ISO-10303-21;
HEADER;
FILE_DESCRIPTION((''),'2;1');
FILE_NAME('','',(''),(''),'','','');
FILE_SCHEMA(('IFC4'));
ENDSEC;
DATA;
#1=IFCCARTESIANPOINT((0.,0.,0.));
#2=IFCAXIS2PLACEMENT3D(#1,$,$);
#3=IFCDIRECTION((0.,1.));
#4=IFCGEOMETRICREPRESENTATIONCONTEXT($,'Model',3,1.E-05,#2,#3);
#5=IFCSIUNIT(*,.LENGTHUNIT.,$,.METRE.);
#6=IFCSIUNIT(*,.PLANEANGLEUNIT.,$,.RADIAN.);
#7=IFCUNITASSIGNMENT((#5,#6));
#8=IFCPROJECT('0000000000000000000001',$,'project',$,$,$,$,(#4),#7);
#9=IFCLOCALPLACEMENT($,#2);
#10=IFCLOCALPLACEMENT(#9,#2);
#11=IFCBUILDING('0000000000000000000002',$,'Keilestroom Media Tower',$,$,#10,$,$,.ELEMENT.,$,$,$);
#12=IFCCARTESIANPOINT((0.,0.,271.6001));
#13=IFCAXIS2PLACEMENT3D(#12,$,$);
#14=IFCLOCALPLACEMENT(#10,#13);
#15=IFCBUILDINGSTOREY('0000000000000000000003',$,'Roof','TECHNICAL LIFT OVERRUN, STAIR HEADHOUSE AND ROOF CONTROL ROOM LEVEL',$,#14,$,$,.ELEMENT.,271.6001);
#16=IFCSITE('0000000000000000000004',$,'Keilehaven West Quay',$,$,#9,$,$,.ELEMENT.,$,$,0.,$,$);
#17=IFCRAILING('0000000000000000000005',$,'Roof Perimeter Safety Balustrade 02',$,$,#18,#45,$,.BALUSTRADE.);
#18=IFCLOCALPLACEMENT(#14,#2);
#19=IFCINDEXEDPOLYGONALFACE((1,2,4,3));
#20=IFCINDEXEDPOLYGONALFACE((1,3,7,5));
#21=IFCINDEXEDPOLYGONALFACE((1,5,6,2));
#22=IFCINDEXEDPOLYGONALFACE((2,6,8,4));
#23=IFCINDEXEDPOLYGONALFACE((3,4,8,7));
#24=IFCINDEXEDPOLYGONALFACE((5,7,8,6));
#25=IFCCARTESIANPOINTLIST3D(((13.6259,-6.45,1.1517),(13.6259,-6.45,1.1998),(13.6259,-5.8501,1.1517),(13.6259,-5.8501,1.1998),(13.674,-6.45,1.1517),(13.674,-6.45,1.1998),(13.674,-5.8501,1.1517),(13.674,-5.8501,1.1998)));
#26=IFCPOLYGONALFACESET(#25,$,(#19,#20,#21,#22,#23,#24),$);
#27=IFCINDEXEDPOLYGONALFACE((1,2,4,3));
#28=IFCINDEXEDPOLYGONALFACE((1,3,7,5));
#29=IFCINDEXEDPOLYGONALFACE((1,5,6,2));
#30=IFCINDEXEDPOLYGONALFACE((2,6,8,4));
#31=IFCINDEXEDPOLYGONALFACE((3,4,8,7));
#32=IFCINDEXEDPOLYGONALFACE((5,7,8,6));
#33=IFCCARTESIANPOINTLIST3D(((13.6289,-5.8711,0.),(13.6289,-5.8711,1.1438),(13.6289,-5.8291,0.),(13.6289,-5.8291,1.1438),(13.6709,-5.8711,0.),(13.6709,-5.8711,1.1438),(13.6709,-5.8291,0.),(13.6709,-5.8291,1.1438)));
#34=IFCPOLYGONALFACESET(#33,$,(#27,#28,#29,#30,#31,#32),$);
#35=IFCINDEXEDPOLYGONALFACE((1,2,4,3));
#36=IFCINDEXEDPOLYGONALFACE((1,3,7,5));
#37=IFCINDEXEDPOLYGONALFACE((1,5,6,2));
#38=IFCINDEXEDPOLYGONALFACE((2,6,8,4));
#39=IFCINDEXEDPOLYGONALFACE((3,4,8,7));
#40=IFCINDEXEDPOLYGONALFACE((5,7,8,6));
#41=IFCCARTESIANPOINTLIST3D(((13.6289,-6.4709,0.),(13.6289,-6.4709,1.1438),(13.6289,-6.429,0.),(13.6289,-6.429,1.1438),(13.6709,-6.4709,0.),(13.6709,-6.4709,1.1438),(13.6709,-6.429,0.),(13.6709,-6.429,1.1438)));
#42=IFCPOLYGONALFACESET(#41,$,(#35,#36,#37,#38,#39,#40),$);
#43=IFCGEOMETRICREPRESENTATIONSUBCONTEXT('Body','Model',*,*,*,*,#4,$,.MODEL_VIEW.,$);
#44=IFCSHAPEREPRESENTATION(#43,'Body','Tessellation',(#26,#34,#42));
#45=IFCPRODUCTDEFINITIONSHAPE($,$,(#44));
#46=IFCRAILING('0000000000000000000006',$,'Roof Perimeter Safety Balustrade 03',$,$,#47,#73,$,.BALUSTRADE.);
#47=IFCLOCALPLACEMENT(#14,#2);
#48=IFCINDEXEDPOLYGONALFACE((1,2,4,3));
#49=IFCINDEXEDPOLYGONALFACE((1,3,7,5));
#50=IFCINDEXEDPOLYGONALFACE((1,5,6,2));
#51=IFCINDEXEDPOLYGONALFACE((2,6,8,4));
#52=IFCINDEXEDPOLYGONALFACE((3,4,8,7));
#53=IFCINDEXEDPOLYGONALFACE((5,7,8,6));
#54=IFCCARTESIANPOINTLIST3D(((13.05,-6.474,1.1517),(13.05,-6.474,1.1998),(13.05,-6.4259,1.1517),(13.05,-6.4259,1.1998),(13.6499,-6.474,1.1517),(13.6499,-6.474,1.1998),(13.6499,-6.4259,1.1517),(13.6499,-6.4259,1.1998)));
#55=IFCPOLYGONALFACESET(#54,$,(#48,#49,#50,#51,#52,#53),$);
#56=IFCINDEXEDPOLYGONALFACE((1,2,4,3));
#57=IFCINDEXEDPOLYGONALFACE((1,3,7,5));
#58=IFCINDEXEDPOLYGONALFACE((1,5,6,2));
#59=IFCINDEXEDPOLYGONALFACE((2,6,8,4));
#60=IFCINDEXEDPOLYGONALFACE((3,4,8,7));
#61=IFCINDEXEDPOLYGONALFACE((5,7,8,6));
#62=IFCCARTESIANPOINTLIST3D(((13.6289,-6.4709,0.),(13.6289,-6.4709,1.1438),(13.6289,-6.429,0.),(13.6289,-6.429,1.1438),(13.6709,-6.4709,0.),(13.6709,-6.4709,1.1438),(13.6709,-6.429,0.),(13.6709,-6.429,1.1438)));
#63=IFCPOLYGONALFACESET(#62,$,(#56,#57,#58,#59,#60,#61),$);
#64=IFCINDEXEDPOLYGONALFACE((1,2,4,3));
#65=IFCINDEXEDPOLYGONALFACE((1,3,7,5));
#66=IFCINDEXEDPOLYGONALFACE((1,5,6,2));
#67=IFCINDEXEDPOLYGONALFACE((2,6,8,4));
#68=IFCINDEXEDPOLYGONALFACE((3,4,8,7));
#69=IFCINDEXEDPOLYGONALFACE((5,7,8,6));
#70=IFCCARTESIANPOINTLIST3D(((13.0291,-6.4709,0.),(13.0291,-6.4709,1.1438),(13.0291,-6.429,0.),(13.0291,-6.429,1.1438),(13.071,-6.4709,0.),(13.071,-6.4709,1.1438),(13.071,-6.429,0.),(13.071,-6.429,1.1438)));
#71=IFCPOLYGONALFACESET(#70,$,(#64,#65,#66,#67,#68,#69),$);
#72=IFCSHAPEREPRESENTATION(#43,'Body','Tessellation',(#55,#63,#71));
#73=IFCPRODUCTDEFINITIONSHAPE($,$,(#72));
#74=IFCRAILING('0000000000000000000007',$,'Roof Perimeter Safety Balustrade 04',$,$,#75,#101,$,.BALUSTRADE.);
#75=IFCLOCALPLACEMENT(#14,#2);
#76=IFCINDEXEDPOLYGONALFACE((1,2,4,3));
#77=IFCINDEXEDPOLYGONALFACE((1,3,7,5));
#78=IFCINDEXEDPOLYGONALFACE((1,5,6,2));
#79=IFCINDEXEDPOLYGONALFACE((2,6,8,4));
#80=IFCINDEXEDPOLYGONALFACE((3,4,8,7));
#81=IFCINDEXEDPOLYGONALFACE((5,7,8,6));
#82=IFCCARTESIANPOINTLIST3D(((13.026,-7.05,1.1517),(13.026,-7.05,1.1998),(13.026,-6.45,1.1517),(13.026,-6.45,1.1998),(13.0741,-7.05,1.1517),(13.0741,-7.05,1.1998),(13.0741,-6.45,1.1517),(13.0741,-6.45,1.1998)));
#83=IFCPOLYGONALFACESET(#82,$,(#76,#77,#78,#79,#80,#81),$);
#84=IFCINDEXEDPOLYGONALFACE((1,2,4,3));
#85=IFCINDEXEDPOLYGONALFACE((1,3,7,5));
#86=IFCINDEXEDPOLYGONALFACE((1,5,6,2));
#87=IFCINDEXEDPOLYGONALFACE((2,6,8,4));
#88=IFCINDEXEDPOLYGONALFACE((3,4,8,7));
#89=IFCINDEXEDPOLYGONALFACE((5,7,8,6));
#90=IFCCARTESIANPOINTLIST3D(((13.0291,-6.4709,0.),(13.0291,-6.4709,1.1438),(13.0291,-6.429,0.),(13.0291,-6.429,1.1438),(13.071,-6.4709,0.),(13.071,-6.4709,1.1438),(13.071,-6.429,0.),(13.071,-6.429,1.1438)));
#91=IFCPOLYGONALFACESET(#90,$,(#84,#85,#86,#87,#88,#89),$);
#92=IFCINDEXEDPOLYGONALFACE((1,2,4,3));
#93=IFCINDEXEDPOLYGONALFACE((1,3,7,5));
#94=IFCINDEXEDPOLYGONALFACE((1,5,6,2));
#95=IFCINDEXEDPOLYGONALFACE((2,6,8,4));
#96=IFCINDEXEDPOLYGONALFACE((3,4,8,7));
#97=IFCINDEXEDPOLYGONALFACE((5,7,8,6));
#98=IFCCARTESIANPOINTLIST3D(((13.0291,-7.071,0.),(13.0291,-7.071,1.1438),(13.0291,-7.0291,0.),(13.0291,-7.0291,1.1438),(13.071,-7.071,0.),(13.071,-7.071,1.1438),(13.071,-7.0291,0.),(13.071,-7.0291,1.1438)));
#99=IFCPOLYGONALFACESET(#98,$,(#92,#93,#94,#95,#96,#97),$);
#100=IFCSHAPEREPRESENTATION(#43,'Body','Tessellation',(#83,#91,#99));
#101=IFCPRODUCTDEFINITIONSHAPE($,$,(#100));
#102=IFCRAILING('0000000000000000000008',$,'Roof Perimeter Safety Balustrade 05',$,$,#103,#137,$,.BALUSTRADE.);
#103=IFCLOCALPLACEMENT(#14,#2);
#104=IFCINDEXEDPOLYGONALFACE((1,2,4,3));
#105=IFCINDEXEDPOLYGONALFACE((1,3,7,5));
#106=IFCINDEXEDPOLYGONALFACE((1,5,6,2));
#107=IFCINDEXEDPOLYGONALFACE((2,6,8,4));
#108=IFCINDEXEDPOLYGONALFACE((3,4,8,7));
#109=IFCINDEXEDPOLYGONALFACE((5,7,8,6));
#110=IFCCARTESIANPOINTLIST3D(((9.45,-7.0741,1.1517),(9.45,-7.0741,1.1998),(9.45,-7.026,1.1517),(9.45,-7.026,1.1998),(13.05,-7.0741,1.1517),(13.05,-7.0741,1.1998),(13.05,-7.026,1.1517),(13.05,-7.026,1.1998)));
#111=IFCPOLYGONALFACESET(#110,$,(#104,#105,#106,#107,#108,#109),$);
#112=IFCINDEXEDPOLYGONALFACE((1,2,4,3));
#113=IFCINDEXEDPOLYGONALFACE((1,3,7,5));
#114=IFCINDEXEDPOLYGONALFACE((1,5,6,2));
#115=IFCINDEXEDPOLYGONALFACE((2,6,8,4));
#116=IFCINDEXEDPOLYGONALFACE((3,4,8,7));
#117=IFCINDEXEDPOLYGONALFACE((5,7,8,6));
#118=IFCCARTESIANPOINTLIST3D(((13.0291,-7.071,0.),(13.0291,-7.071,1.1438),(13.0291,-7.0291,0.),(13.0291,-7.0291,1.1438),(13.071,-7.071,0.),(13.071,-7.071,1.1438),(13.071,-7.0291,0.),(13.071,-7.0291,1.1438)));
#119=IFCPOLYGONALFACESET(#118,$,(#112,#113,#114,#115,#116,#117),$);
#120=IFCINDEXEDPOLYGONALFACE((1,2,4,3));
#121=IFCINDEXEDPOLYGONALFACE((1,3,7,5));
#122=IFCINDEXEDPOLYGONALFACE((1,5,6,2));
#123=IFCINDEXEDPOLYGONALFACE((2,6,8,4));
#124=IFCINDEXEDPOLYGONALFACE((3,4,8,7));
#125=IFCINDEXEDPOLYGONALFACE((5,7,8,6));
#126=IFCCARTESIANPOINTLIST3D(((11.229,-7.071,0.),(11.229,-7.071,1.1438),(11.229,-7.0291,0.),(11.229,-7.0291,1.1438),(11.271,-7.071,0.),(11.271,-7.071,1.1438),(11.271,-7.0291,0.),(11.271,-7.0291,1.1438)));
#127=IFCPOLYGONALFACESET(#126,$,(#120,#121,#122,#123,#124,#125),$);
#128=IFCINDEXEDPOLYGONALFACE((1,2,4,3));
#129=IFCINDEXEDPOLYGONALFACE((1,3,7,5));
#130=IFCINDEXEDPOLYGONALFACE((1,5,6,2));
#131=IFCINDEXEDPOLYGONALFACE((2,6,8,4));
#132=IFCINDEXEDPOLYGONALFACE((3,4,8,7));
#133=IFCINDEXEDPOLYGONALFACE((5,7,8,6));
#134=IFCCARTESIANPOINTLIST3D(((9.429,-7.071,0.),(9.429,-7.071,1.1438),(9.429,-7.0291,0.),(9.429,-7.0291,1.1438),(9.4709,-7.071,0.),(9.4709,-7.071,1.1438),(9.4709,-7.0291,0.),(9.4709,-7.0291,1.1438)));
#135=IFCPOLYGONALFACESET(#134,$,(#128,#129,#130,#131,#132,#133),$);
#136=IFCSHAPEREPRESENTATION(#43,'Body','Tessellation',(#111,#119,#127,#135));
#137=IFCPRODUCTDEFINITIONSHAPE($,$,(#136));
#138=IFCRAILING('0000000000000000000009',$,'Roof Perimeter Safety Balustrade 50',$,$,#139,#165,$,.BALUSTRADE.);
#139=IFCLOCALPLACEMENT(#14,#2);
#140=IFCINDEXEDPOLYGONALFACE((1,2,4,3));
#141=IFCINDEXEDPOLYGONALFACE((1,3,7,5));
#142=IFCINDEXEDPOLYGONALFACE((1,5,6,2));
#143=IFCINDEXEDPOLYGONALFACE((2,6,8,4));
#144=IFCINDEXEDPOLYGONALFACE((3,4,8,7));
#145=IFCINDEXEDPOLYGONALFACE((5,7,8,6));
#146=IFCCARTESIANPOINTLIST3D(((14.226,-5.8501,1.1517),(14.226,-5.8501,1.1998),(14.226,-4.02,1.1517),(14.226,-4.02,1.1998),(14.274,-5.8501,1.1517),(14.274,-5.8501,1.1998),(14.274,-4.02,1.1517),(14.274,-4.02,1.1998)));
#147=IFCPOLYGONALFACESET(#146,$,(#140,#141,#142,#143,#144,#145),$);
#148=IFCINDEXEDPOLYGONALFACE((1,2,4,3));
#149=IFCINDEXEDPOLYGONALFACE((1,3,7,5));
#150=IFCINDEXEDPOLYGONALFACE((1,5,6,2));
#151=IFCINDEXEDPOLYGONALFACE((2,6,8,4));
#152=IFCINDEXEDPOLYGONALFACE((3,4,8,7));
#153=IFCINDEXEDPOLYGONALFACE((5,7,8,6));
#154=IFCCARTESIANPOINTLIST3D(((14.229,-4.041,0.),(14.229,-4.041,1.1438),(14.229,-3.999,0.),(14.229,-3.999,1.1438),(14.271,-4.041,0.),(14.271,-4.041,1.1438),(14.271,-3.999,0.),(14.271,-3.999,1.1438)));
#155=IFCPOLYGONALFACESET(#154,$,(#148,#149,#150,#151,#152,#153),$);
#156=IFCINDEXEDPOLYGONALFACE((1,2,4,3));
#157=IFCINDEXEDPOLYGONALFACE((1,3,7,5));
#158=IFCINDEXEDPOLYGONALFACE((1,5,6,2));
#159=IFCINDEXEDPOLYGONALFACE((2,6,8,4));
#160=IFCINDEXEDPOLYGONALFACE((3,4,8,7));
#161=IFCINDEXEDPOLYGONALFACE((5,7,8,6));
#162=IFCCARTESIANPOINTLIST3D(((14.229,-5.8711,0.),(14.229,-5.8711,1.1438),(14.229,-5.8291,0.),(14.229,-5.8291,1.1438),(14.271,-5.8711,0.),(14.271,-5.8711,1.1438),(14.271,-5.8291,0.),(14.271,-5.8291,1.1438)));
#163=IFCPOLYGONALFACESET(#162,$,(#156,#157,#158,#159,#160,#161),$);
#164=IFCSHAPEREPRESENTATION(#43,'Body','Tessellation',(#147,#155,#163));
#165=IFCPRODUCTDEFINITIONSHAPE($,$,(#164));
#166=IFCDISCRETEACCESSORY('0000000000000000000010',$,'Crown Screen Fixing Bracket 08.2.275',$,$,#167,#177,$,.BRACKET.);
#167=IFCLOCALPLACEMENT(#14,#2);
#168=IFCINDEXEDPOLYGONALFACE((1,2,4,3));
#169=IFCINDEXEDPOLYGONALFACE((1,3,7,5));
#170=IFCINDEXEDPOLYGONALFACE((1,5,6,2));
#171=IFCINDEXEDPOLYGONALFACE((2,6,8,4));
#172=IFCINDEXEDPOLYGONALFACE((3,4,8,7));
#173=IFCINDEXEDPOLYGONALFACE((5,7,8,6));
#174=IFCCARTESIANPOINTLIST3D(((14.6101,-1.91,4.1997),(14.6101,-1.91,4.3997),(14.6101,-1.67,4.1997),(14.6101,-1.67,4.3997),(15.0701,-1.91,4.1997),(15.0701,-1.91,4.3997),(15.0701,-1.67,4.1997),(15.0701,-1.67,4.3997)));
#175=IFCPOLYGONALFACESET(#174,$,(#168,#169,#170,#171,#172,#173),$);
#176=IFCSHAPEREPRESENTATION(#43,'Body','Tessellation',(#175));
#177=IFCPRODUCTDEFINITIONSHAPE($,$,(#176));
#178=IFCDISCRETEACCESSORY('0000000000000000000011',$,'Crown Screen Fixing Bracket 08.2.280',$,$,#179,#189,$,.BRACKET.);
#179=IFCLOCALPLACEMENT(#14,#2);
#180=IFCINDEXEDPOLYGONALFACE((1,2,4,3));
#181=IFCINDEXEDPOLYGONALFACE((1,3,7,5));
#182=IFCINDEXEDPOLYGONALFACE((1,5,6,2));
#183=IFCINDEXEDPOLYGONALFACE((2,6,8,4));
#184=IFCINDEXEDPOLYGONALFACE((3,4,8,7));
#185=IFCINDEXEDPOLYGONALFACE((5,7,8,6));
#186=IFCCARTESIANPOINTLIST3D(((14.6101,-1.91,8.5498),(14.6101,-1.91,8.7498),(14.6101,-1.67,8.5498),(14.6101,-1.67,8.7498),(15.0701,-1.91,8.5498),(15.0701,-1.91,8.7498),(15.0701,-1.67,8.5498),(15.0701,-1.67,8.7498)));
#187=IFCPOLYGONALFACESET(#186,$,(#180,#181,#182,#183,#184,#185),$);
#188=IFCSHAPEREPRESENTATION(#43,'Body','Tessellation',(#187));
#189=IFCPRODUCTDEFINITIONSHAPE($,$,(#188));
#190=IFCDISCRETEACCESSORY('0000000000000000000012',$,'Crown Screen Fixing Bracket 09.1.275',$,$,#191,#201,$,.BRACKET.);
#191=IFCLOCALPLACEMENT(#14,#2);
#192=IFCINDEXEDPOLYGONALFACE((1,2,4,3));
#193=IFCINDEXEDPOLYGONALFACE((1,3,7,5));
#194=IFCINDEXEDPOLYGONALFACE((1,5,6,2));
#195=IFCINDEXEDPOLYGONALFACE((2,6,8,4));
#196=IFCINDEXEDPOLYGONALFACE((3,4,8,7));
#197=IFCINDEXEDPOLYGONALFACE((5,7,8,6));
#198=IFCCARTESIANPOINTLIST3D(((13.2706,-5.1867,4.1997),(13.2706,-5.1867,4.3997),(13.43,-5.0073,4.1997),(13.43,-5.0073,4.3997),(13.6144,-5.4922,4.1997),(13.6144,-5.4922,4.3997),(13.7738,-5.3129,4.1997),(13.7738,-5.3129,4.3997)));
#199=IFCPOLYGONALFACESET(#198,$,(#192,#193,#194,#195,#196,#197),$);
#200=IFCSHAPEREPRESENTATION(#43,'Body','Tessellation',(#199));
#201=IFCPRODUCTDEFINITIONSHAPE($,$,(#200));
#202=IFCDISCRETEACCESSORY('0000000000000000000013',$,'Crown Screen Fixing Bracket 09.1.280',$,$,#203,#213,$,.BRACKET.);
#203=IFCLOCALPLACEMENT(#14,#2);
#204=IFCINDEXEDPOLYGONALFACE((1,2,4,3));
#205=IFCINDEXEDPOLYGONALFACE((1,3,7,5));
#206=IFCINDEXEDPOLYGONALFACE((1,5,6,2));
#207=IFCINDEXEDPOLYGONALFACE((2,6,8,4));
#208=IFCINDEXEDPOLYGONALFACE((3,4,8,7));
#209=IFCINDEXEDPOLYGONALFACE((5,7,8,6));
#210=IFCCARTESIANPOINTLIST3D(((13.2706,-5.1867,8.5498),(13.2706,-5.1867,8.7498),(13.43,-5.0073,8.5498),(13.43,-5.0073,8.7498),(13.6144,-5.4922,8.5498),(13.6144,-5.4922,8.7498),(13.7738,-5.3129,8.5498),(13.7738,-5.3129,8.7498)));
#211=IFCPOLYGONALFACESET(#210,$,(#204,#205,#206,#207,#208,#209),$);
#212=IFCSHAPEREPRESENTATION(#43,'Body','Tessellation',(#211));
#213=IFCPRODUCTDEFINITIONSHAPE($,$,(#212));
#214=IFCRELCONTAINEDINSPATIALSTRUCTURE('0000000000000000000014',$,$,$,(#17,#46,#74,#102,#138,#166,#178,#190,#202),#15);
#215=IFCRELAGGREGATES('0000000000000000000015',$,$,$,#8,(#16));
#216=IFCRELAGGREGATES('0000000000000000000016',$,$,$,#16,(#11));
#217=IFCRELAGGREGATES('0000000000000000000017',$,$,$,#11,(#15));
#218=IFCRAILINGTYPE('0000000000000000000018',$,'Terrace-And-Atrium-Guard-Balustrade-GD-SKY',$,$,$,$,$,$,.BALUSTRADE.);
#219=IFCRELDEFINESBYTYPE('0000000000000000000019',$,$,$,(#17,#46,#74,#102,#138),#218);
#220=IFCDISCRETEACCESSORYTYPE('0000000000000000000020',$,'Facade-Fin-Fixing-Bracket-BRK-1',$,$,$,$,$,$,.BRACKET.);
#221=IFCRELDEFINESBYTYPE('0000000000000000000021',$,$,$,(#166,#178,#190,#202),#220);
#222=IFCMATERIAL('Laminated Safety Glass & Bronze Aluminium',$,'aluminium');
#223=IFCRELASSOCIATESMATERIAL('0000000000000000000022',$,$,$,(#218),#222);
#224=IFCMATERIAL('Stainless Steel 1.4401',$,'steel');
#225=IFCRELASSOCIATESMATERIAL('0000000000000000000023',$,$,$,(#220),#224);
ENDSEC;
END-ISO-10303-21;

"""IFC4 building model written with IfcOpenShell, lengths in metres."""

from ifc_helpers import new_model, si_unit, direction, frame, origin, origin_2d, place, context, subcontext, project, spatial, rectangle, extrude, source, transform, mapped, material, type_object, element, save


model = new_model("IFC4")

# Units and contexts
model_context = context("Model", 3, precision=1e-05, world=origin(), true_north=direction((0.0, 1.0)))
body_context = subcontext(model_context, "Body", "Model", "MODEL_VIEW")
ifc_project = project(units=[si_unit("LENGTHUNIT", "METRE"), si_unit("PLANEANGLEUNIT", "RADIAN")], contexts=[model_context])

# Site, building, storey
site_placement = place(None, origin())
site = spatial("IfcSite", under=ifc_project, at=site_placement, Name="Keilehaven West Quay", CompositionType="ELEMENT", RefElevation=0.0)
building_placement = place(site_placement, origin())
building = spatial("IfcBuilding", under=site, at=building_placement, Name="Keilestroom Media Tower", CompositionType="ELEMENT")
storey_placement = place(building_placement, frame((0.0, 0.0, 271.6001)))
storey = spatial("IfcBuildingStorey", under=building, at=storey_placement, Name="Roof", Description="TECHNICAL LIFT OVERRUN, STAIR HEADHOUSE AND ROOF CONTROL ROOM LEVEL", CompositionType="ELEMENT", Elevation=271.6001)

# Railings
ifc_material_1 = material(Name="Laminated Safety Glass & Bronze Aluminium", Category="aluminium")
railing_type = type_object("IfcRailingType", Name="Terrace-And-Atrium-Guard-Balustrade-GD-SKY", PredefinedType="BALUSTRADE", material=ifc_material_1)
railing_1_placement = place(storey_placement, frame((13.6499, -5.8501, 0.0)))
element("IfcRailing", 1, at=railing_1_placement, inside=storey, type_object=railing_type, Name="Roof Perimeter Safety Balustrade 02", PredefinedType="BALUSTRADE", context=body_context, shape_type="SweptSolid", body=[
    extrude(rectangle(XDim=0.0481, YDim=0.0481, at=origin_2d()), frame((0.0, 0.0, 1.1758), z_axis=(0.0, -1.0, 0.0), x_axis=(1.0, 0.0, 0.0)), (0.0, 0.0, 1.0), 0.5999),
    extrude(rectangle(XDim=0.042, YDim=0.042, at=origin_2d()), origin(), (0.0, 0.0, 1.0), 1.1438),
    extrude(rectangle(XDim=0.042, YDim=0.042, at=origin_2d()), frame((0.0, -0.5999, 0.0)), (0.0, 0.0, 1.0), 1.1438),
])
railing_2_placement = place(storey_placement, frame((13.6499, -6.45, 0.0)))
element("IfcRailing", 2, at=railing_2_placement, inside=storey, type_object=railing_type, Name="Roof Perimeter Safety Balustrade 03", PredefinedType="BALUSTRADE", context=body_context, shape_type="SweptSolid", body=[
    extrude(rectangle(XDim=0.0481, YDim=0.0481, at=origin_2d()), frame((0.0, 0.0, 1.1758), z_axis=(-1.0, 0.0, 0.0), x_axis=(0.0, -1.0, 0.0)), (0.0, 0.0, 1.0), 0.5999),
    extrude(rectangle(XDim=0.042, YDim=0.042, at=origin_2d()), origin(), (0.0, 0.0, 1.0), 1.1438),
    extrude(rectangle(XDim=0.042, YDim=0.042, at=origin_2d()), frame((-0.5999, 0.0, 0.0)), (0.0, 0.0, 1.0), 1.1438),
])
railing_3_placement = place(storey_placement, frame((13.05, -6.45, 0.0)))
element("IfcRailing", 3, at=railing_3_placement, inside=storey, type_object=railing_type, Name="Roof Perimeter Safety Balustrade 04", PredefinedType="BALUSTRADE", context=body_context, shape_type="SweptSolid", body=[
    extrude(rectangle(XDim=0.0481, YDim=0.0481, at=origin_2d()), frame((0.0, 0.0, 1.1758), z_axis=(0.0, -1.0, 0.0), x_axis=(1.0, 0.0, 0.0)), (0.0, 0.0, 1.0), 0.6001),
    extrude(rectangle(XDim=0.042, YDim=0.042, at=origin_2d()), origin(), (0.0, 0.0, 1.0), 1.1438),
    extrude(rectangle(XDim=0.042, YDim=0.042, at=origin_2d()), frame((0.0, -0.6001, 0.0)), (0.0, 0.0, 1.0), 1.1438),
])
railing_4_placement = place(storey_placement, frame((13.05, -7.05, 0.0)))
element("IfcRailing", 4, at=railing_4_placement, inside=storey, type_object=railing_type, Name="Roof Perimeter Safety Balustrade 05", PredefinedType="BALUSTRADE", context=body_context, shape_type="SweptSolid", body=[
    extrude(rectangle(XDim=0.0481, YDim=0.0481, at=origin_2d()), frame((0.0, 0.0, 1.1758), z_axis=(-1.0, 0.0, 0.0), x_axis=(0.0, -1.0, 0.0)), (0.0, 0.0, 1.0), 3.6001),
    extrude(rectangle(XDim=0.042, YDim=0.042, at=origin_2d()), origin(), (0.0, 0.0, 1.0), 1.1438),
    extrude(rectangle(XDim=0.042, YDim=0.042, at=origin_2d()), frame((-1.8, 0.0, 0.0)), (0.0, 0.0, 1.0), 1.1438),
    extrude(rectangle(XDim=0.042, YDim=0.042, at=origin_2d()), frame((-3.6001, 0.0, 0.0)), (0.0, 0.0, 1.0), 1.1438),
])
railing_5_placement = place(storey_placement, frame((14.25, -4.02, 0.0)))
element("IfcRailing", 5, at=railing_5_placement, inside=storey, type_object=railing_type, Name="Roof Perimeter Safety Balustrade 50", PredefinedType="BALUSTRADE", context=body_context, shape_type="SweptSolid", body=[
    extrude(rectangle(XDim=0.0481, YDim=0.0481, at=origin_2d()), frame((0.0, 0.0, 1.1758), z_axis=(0.0, -1.0, 0.0), x_axis=(1.0, 0.0, 0.0)), (0.0, 0.0, 1.0), 1.8301),
    extrude(rectangle(XDim=0.042, YDim=0.042, at=origin_2d()), origin(), (0.0, 0.0, 1.0), 1.1438),
    extrude(rectangle(XDim=0.042, YDim=0.042, at=origin_2d()), frame((0.0, -1.8301, 0.0)), (0.0, 0.0, 1.0), 1.1438),
])

# Discrete accessories
ifc_material_2 = material(Name="Stainless Steel 1.4401", Category="steel")
discrete_accessory_type = type_object("IfcDiscreteAccessoryType", Name="Facade-Fin-Fixing-Bracket-BRK-1", PredefinedType="BRACKET", material=ifc_material_2)
shared_shape_1 = source(origin(), body_context, "Body", "SweptSolid", [
    extrude(rectangle(XDim=0.24, YDim=0.46, at=origin_2d()), origin(), (0.0, 0.0, 1.0), 0.2),
])
for number, where, z_axis, x_axis, name in (
    (6, (14.8401, -1.79, 4.1997), (0.0, 0.0, 1.0), (0.0, -1.0, 0.0), "Crown Screen Fixing Bracket 08.2.275"),
    (7, (14.8401, -1.79, 8.5498), (0.0, 0.0, 1.0), (0.0, -1.0, 0.0), "Crown Screen Fixing Bracket 08.2.280"),
    (8, (13.5222, -5.2498, 4.1997), (0.0, 0.0, 1.0), (-0.664363, -0.74741, 0.0), "Crown Screen Fixing Bracket 09.1.275"),
    (9, (13.5222, -5.2498, 8.5498), (0.0, 0.0, 1.0), (-0.664363, -0.74741, 0.0), "Crown Screen Fixing Bracket 09.1.280"),
):
    element("IfcDiscreteAccessory", number, at=place(storey_placement, frame(where, z_axis=z_axis, x_axis=x_axis)), inside=storey, type_object=discrete_accessory_type, Name=name, PredefinedType="BRACKET", context=body_context, shape_type="MappedRepresentation", body=[
        mapped(shared_shape_1, transform((0.0, 0.0, 0.0), x_axis=(1.0, 0.0, 0.0), y_axis=(0.0, 1.0, 0.0), z_axis=(0.0, 0.0, 1.0), scale=1.0)),
    ])

save(model, "model.ifc")
